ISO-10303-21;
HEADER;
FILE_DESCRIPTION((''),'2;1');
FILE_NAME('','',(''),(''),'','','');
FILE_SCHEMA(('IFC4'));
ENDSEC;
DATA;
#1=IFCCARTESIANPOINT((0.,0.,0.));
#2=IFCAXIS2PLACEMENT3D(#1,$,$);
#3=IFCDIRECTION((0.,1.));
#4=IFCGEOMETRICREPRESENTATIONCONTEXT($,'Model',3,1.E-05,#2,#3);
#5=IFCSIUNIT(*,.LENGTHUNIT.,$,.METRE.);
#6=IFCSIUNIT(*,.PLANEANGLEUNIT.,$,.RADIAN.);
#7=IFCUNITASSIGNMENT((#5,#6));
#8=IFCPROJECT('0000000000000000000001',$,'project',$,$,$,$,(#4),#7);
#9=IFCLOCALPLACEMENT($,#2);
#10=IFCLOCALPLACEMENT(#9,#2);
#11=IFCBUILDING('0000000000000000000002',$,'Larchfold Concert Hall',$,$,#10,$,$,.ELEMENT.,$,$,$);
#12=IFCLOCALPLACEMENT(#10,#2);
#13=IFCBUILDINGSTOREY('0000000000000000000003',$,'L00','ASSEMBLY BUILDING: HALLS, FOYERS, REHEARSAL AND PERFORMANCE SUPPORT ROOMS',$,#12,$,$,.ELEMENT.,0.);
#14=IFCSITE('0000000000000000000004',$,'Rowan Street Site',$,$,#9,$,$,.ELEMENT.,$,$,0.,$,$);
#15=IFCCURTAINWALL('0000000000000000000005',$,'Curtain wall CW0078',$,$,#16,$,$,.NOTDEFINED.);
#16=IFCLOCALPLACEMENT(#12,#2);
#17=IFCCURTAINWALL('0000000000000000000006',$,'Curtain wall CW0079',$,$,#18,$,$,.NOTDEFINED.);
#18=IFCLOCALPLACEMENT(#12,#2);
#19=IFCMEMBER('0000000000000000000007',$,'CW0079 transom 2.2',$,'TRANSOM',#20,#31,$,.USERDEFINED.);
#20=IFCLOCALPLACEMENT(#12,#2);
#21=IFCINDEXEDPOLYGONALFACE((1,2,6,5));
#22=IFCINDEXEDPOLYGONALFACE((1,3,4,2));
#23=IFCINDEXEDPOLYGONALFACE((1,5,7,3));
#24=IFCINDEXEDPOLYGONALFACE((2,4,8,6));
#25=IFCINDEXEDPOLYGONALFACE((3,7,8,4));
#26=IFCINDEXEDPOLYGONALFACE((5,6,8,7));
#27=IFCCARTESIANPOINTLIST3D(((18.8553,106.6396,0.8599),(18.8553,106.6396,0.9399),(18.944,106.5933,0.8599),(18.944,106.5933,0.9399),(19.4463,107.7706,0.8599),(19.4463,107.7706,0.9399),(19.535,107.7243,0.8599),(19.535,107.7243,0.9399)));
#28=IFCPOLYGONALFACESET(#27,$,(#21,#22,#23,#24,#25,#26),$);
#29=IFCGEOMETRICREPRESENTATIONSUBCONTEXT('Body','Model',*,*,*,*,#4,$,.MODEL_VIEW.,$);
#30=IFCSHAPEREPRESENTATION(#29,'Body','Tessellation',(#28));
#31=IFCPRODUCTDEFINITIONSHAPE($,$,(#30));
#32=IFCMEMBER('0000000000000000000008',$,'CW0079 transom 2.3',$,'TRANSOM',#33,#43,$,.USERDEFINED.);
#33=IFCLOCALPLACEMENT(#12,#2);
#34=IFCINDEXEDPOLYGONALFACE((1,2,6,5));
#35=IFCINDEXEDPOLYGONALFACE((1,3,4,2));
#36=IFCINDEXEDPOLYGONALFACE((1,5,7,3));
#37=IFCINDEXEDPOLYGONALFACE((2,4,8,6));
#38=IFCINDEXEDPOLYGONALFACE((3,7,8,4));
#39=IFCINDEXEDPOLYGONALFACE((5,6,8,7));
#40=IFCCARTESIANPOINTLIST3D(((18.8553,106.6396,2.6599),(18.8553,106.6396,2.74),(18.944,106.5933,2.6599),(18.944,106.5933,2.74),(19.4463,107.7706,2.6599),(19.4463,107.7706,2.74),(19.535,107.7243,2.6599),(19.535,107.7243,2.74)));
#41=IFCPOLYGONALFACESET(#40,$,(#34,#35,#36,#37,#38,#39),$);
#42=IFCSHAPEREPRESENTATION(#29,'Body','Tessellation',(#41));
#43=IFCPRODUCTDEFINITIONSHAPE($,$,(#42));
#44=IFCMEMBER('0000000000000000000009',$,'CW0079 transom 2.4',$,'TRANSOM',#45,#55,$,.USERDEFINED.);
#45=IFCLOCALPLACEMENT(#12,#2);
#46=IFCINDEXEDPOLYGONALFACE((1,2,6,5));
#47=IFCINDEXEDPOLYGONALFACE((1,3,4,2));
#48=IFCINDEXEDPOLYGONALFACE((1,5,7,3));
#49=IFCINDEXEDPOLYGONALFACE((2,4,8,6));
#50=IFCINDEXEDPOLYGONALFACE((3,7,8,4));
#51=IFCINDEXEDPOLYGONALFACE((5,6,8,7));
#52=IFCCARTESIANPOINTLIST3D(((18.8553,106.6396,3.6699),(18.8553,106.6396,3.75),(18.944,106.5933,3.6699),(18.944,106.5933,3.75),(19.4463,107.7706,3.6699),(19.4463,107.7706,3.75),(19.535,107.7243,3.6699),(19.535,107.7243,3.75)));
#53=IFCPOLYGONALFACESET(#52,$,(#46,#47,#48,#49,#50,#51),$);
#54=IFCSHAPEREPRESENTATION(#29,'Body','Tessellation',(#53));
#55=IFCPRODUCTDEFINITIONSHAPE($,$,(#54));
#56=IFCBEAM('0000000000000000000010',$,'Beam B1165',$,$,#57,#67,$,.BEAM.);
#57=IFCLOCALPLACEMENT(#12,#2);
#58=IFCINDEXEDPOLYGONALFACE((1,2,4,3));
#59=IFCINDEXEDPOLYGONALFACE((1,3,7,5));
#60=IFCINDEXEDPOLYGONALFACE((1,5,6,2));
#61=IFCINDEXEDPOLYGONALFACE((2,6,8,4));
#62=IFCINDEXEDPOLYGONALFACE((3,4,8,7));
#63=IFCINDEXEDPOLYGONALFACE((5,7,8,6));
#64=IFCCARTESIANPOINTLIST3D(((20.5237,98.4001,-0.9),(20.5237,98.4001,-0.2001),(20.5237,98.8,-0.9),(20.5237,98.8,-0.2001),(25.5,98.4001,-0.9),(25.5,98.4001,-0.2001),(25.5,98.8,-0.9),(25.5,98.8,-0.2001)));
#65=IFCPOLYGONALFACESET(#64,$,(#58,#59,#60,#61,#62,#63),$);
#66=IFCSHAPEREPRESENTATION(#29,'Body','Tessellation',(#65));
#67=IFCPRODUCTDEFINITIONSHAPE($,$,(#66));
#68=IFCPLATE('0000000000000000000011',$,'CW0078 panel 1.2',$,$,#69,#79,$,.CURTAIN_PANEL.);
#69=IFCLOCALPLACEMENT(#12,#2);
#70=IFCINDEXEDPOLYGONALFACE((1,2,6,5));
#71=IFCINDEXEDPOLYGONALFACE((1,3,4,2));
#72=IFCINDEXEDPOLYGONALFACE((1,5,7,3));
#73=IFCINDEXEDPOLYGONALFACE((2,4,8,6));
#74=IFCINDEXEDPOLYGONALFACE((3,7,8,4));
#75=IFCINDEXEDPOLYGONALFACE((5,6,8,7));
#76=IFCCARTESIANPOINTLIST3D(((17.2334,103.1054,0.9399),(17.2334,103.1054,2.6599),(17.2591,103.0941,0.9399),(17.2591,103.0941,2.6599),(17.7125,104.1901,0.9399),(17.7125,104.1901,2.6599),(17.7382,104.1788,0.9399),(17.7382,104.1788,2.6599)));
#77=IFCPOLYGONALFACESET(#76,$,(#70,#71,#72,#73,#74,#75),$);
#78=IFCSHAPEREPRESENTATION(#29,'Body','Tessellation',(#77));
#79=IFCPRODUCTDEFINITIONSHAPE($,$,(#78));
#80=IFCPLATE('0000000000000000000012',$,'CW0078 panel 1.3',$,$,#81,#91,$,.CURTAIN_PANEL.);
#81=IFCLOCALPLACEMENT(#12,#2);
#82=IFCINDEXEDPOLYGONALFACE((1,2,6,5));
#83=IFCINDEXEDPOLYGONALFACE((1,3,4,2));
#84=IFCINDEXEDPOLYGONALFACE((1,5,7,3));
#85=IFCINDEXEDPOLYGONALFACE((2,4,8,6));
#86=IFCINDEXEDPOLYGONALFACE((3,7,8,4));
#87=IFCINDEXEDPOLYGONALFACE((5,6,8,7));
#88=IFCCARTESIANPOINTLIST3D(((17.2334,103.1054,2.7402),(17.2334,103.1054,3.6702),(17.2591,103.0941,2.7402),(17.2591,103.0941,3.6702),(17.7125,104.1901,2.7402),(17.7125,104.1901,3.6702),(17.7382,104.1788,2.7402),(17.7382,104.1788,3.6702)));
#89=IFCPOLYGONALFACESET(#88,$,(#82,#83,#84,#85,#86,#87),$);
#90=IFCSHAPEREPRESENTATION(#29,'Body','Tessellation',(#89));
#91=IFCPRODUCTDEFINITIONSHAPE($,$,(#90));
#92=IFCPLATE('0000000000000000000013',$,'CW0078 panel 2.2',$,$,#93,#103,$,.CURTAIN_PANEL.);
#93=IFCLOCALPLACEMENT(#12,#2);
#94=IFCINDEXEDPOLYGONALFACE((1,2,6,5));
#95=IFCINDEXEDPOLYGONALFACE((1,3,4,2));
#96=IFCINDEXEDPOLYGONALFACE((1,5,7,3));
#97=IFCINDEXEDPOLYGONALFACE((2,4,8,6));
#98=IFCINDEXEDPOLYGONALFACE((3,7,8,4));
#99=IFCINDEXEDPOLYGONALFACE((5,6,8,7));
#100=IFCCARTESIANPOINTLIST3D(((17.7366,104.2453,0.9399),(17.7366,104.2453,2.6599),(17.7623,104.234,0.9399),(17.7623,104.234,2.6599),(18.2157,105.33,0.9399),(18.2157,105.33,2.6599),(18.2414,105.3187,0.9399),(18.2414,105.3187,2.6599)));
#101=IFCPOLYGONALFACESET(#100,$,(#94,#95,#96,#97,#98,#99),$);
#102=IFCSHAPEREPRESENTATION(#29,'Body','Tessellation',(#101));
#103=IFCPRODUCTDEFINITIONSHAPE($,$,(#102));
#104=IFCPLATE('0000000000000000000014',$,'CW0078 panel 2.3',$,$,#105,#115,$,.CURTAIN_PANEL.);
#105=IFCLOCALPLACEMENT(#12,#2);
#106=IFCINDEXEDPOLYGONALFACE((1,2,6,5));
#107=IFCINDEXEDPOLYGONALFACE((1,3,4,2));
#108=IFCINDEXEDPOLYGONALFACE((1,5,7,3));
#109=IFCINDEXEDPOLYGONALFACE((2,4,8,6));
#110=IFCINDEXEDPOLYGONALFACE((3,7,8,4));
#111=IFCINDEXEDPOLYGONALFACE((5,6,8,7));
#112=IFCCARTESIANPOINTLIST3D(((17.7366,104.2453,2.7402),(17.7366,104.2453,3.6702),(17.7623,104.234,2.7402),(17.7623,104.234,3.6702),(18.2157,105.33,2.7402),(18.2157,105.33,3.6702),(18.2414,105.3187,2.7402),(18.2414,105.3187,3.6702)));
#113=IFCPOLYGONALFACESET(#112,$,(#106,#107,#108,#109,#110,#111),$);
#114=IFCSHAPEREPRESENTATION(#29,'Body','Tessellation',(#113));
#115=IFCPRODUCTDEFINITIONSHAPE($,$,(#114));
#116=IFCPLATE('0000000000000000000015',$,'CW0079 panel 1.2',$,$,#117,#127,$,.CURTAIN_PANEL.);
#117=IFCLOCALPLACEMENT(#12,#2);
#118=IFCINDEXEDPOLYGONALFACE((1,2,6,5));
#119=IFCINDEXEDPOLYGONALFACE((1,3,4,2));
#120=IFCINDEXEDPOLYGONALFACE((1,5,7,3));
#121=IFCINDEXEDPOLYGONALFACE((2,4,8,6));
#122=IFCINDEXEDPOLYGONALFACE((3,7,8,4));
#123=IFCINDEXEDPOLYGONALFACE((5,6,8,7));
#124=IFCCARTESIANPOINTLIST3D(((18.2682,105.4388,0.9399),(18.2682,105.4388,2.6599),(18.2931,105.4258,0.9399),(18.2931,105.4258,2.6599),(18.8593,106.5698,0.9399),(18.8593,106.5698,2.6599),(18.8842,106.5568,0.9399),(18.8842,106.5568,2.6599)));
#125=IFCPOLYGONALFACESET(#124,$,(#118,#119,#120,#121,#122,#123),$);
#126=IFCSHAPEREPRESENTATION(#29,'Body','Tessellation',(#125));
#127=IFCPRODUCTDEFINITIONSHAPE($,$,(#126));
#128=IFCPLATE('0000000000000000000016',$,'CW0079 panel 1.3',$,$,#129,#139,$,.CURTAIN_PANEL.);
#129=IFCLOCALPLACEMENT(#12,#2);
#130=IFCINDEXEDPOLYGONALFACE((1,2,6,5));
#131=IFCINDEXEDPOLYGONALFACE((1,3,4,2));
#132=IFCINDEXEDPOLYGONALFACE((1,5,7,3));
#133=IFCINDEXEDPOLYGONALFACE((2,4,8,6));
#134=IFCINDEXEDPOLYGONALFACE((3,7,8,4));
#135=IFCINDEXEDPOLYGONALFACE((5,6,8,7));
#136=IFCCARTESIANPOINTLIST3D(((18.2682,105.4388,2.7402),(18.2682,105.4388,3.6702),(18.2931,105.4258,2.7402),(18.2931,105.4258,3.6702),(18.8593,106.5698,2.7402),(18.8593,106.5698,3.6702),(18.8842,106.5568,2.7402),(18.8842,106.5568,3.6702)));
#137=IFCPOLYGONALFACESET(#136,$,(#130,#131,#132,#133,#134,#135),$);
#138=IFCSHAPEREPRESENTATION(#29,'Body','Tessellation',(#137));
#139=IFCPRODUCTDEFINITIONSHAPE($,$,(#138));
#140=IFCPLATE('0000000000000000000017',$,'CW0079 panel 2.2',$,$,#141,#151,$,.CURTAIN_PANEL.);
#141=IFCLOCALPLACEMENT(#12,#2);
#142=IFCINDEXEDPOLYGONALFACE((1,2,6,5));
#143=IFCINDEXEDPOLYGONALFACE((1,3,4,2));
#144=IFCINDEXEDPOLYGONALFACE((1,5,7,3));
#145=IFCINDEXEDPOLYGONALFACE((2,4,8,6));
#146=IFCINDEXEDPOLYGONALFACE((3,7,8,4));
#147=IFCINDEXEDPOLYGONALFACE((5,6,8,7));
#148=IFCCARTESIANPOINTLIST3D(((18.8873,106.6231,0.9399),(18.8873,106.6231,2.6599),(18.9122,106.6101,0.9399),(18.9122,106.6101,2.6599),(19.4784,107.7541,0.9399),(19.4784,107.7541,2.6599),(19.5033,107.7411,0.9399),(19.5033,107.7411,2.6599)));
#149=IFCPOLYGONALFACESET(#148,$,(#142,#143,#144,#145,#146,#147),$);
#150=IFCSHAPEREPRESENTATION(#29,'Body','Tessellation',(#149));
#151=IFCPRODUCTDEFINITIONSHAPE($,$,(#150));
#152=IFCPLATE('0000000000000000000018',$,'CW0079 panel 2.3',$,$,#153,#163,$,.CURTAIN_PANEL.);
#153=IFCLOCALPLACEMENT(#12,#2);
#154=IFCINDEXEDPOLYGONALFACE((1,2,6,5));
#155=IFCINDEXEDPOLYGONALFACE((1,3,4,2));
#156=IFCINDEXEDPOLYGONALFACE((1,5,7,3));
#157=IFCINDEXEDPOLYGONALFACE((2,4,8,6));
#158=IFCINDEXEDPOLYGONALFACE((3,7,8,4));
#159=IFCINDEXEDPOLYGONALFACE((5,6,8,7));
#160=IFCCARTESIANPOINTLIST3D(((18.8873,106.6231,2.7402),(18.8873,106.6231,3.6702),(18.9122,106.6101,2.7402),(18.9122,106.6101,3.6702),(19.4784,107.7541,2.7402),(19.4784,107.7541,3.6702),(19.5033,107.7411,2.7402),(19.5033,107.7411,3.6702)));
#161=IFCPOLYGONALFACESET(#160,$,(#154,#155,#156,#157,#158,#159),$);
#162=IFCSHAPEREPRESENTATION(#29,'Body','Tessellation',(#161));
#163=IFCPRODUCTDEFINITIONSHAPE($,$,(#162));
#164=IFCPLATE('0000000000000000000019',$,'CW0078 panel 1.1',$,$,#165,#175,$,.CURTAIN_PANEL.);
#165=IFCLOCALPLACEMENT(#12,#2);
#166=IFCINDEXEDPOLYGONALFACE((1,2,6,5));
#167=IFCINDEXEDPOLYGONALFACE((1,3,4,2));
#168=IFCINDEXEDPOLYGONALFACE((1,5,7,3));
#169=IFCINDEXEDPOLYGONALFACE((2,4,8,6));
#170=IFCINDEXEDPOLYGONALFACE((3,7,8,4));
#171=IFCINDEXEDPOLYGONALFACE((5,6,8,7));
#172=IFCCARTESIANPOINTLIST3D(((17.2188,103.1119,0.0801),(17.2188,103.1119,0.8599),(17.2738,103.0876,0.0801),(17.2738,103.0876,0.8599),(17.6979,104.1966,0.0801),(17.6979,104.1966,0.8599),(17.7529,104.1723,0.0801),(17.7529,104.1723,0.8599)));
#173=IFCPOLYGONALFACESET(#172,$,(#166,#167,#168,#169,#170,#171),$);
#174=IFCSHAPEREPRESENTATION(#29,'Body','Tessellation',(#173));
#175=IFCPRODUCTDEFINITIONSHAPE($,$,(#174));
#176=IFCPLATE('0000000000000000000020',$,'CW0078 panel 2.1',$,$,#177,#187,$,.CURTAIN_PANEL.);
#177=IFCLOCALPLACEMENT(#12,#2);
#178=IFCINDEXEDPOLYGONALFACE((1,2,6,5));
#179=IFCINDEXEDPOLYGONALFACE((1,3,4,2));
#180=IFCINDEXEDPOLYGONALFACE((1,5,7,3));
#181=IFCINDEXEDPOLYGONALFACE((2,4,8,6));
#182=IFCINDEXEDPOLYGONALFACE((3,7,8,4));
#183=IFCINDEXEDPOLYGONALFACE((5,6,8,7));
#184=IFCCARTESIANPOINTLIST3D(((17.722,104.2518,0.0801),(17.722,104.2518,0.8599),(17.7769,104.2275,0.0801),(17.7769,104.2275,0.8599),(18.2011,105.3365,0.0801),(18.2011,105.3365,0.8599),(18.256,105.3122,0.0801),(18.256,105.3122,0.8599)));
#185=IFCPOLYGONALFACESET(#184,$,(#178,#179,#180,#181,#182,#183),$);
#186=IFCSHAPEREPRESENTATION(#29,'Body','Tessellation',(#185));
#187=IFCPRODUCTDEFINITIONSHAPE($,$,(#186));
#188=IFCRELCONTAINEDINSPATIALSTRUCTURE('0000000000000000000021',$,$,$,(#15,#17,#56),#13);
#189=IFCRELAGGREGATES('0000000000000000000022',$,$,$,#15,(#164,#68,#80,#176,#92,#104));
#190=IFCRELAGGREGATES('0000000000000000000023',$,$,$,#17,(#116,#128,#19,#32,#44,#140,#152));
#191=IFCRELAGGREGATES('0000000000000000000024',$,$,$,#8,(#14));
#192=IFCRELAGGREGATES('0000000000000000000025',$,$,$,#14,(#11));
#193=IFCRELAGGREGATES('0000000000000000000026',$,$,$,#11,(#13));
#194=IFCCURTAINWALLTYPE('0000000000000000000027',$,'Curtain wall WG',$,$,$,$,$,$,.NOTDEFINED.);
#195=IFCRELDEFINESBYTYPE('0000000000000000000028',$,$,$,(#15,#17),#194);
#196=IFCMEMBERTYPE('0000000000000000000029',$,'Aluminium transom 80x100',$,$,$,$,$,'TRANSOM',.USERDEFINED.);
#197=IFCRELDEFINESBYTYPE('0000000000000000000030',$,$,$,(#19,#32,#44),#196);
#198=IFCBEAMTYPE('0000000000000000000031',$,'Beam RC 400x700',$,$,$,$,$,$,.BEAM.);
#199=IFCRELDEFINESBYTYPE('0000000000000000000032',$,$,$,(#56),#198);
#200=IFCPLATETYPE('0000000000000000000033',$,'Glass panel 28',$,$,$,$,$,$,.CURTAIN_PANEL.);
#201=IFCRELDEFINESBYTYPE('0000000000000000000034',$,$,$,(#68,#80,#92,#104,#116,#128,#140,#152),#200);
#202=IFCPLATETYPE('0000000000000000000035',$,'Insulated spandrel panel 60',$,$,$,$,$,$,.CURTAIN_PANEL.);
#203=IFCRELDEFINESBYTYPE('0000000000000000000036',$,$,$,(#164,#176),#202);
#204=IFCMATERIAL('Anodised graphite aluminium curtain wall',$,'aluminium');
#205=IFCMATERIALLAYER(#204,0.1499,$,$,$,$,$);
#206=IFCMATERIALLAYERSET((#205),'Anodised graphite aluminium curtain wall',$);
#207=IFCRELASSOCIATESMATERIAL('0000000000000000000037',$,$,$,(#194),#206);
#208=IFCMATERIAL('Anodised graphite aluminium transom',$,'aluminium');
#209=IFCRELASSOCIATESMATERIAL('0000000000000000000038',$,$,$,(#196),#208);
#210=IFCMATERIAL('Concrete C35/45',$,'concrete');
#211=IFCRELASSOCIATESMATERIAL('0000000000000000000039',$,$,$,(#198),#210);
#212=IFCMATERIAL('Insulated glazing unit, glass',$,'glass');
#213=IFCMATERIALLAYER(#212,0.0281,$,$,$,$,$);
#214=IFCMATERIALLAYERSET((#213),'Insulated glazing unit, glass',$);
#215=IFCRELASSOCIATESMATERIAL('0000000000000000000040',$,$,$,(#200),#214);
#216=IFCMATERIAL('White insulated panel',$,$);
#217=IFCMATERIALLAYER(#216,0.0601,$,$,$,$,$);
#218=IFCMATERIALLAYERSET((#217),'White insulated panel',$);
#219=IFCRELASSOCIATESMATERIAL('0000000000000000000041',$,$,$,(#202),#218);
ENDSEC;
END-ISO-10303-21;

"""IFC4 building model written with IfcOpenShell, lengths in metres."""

from ifc_helpers import new_model, si_unit, direction, frame, origin, origin_2d, place, context, subcontext, project, spatial, rectangle, extrude, material, layer, layer_set, material_profile, profile_set, type_object, element, aggregate, save


model = new_model("IFC4")

# Units and contexts
model_context = context("Model", 3, precision=1e-05, world=origin(), true_north=direction((0.0, 1.0)))
body_context = subcontext(model_context, "Body", "Model", "MODEL_VIEW")
ifc_project = project(units=[si_unit("LENGTHUNIT", "METRE"), si_unit("PLANEANGLEUNIT", "RADIAN")], contexts=[model_context])

# Site, building, storey
site_placement = place(None, origin())
site = spatial("IfcSite", under=ifc_project, at=site_placement, Name="Rowan Street Site", CompositionType="ELEMENT", RefElevation=0.0)
building_placement = place(site_placement, origin())
building = spatial("IfcBuilding", under=site, at=building_placement, Name="Larchfold Concert Hall", CompositionType="ELEMENT")
storey_placement = place(building_placement, origin())
storey = spatial("IfcBuildingStorey", under=building, at=storey_placement, Name="L00", Description="ASSEMBLY BUILDING: HALLS, FOYERS, REHEARSAL AND PERFORMANCE SUPPORT ROOMS", CompositionType="ELEMENT", Elevation=0.0)

# Curtain walls
ifc_material_1 = material(Name="Anodised graphite aluminium curtain wall", Category="aluminium")
ifc_layer_1 = layer(ifc_material_1, 0.1499)
ifc_layer_set_1 = layer_set([ifc_layer_1], Name="Anodised graphite aluminium curtain wall")
curtain_wall_type = type_object("IfcCurtainWallType", Name="Curtain wall WG", PredefinedType="NOTDEFINED", material=ifc_layer_set_1)
curtain_wall_1_placement = place(storey_placement, origin())
curtain_wall_1 = element("IfcCurtainWall", 1, at=curtain_wall_1_placement, inside=storey, type_object=curtain_wall_type, Name="Curtain wall CW0078", PredefinedType="NOTDEFINED")
curtain_wall_2_placement = place(storey_placement, origin())
curtain_wall_2 = element("IfcCurtainWall", 2, at=curtain_wall_2_placement, inside=storey, type_object=curtain_wall_type, Name="Curtain wall CW0079", PredefinedType="NOTDEFINED")

# Members
ifc_material_2 = material(Name="Anodised graphite aluminium transom", Category="aluminium")
ifc_material_profile_1 = material_profile(ifc_material_2, rectangle(XDim=0.1001, YDim=0.0801, at=origin_2d()))
ifc_profile_set_1 = profile_set([ifc_material_profile_1], Name="Anodised graphite aluminium transom")
member_type_1 = type_object("IfcMemberType", Name="Aluminium transom 80x100", ElementType="TRANSOM", PredefinedType="USERDEFINED", material=ifc_profile_set_1)
member_1_placement = place(storey_placement, frame((18.8997, 106.6165, 0.8999), z_axis=(0.463135, 0.886288, 0.0), x_axis=(-0.886288, 0.463135, 0.0)))
member_1 = element("IfcMember", 3, at=member_1_placement, type_object=member_type_1, Name="CW0079 transom 2.2", ObjectType="TRANSOM", PredefinedType="USERDEFINED", context=body_context, shape_type="SweptSolid", body=[
    extrude(rectangle(XDim=0.1001, YDim=0.0801, at=origin_2d()), origin(), (0.0, 0.0, 1.0), 1.2761),
])
member_2_placement = place(storey_placement, frame((18.8997, 106.6165, 2.7), z_axis=(0.463135, 0.886288, 0.0), x_axis=(-0.886288, 0.463135, 0.0)))
member_2 = element("IfcMember", 4, at=member_2_placement, type_object=member_type_1, Name="CW0079 transom 2.3", ObjectType="TRANSOM", PredefinedType="USERDEFINED", context=body_context, shape_type="SweptSolid", body=[
    extrude(rectangle(XDim=0.1001, YDim=0.0801, at=origin_2d()), origin(), (0.0, 0.0, 1.0), 1.2761),
])
member_3_placement = place(storey_placement, frame((18.8997, 106.6165, 3.71), z_axis=(0.463135, 0.886288, 0.0), x_axis=(-0.886288, 0.463135, 0.0)))
member_3 = element("IfcMember", 5, at=member_3_placement, type_object=member_type_1, Name="CW0079 transom 2.4", ObjectType="TRANSOM", PredefinedType="USERDEFINED", context=body_context, shape_type="SweptSolid", body=[
    extrude(rectangle(XDim=0.1001, YDim=0.0801, at=origin_2d()), origin(), (0.0, 0.0, 1.0), 1.2761),
])

# Beam
ifc_material_3 = material(Name="Concrete C35/45", Category="concrete")
ifc_material_profile_2 = material_profile(ifc_material_3, rectangle(XDim=0.3999, YDim=0.7, at=origin_2d()))
ifc_profile_set_2 = profile_set([ifc_material_profile_2], Name="Concrete C35/45")
beam_type = type_object("IfcBeamType", Name="Beam RC 400x700", PredefinedType="BEAM", material=ifc_profile_set_2)
beam_placement = place(storey_placement, frame((20.5237, 98.6001, -0.55), z_axis=(1.0, 0.0, 0.0), x_axis=(0.0, 1.0, 0.0)))
element("IfcBeam", 6, at=beam_placement, inside=storey, type_object=beam_type, Name="Beam B1165", PredefinedType="BEAM", context=body_context, shape_type="SweptSolid", body=[
    extrude(rectangle(XDim=0.3999, YDim=0.7, at=origin_2d()), origin(), (0.0, 0.0, 1.0), 4.9763),
])

# Plates
ifc_material_4 = material(Name="Insulated glazing unit, glass", Category="glass")
ifc_layer_2 = layer(ifc_material_4, 0.0281)
ifc_layer_set_2 = layer_set([ifc_layer_2], Name="Insulated glazing unit, glass")
plate_type_1 = type_object("IfcPlateType", Name="Glass panel 28", PredefinedType="CURTAIN_PANEL", material=ifc_layer_set_2)
plate_1_placement = place(storey_placement, frame((17.4858, 103.6421, 0.9399), z_axis=(0.0, 0.0, 1.0), x_axis=(0.404034, 0.914744, 0.0)))
plate_1 = element("IfcPlate", 7, at=plate_1_placement, type_object=plate_type_1, Name="CW0078 panel 1.2", PredefinedType="CURTAIN_PANEL", context=body_context, shape_type="SweptSolid", body=[
    extrude(rectangle(XDim=1.1858, YDim=0.0281, at=origin_2d()), origin(), (0.0, 0.0, 1.0), 1.72),
])
plate_2_placement = place(storey_placement, frame((17.4858, 103.6421, 2.7402), z_axis=(0.0, 0.0, 1.0), x_axis=(0.404034, 0.914744, 0.0)))
plate_2 = element("IfcPlate", 8, at=plate_2_placement, type_object=plate_type_1, Name="CW0078 panel 1.3", PredefinedType="CURTAIN_PANEL", context=body_context, shape_type="SweptSolid", body=[
    extrude(rectangle(XDim=1.1858, YDim=0.0281, at=origin_2d()), origin(), (0.0, 0.0, 1.0), 0.9299),
])
plate_3_placement = place(storey_placement, frame((17.989, 104.782, 0.9399), z_axis=(0.0, 0.0, 1.0), x_axis=(0.404034, 0.914744, 0.0)))
plate_3 = element("IfcPlate", 9, at=plate_3_placement, type_object=plate_type_1, Name="CW0078 panel 2.2", PredefinedType="CURTAIN_PANEL", context=body_context, shape_type="SweptSolid", body=[
    extrude(rectangle(XDim=1.1858, YDim=0.0281, at=origin_2d()), origin(), (0.0, 0.0, 1.0), 1.72),
])
plate_4_placement = place(storey_placement, frame((17.989, 104.782, 2.7402), z_axis=(0.0, 0.0, 1.0), x_axis=(0.404034, 0.914744, 0.0)))
plate_4 = element("IfcPlate", 10, at=plate_4_placement, type_object=plate_type_1, Name="CW0078 panel 2.3", PredefinedType="CURTAIN_PANEL", context=body_context, shape_type="SweptSolid", body=[
    extrude(rectangle(XDim=1.1858, YDim=0.0281, at=origin_2d()), origin(), (0.0, 0.0, 1.0), 0.9299),
])
plate_5_placement = place(storey_placement, frame((18.5762, 105.9978, 0.9399), z_axis=(0.0, 0.0, 1.0), x_axis=(0.463189, 0.88626, 0.0)))
plate_5 = element("IfcPlate", 11, at=plate_5_placement, type_object=plate_type_1, Name="CW0079 panel 1.2", PredefinedType="CURTAIN_PANEL", context=body_context, shape_type="SweptSolid", body=[
    extrude(rectangle(XDim=1.2761, YDim=0.0281, at=origin_2d()), origin(), (0.0, 0.0, 1.0), 1.72),
])
plate_6_placement = place(storey_placement, frame((18.5762, 105.9978, 2.7402), z_axis=(0.0, 0.0, 1.0), x_axis=(0.463189, 0.88626, 0.0)))
plate_6 = element("IfcPlate", 12, at=plate_6_placement, type_object=plate_type_1, Name="CW0079 panel 1.3", PredefinedType="CURTAIN_PANEL", context=body_context, shape_type="SweptSolid", body=[
    extrude(rectangle(XDim=1.2761, YDim=0.0281, at=origin_2d()), origin(), (0.0, 0.0, 1.0), 0.9299),
])
plate_7_placement = place(storey_placement, frame((19.1953, 107.1821, 0.9399), z_axis=(0.0, 0.0, 1.0), x_axis=(0.463189, 0.88626, 0.0)))
plate_7 = element("IfcPlate", 13, at=plate_7_placement, type_object=plate_type_1, Name="CW0079 panel 2.2", PredefinedType="CURTAIN_PANEL", context=body_context, shape_type="SweptSolid", body=[
    extrude(rectangle(XDim=1.2761, YDim=0.0281, at=origin_2d()), origin(), (0.0, 0.0, 1.0), 1.72),
])
plate_8_placement = place(storey_placement, frame((19.1953, 107.1821, 2.7402), z_axis=(0.0, 0.0, 1.0), x_axis=(0.463189, 0.88626, 0.0)))
plate_8 = element("IfcPlate", 14, at=plate_8_placement, type_object=plate_type_1, Name="CW0079 panel 2.3", PredefinedType="CURTAIN_PANEL", context=body_context, shape_type="SweptSolid", body=[
    extrude(rectangle(XDim=1.2761, YDim=0.0281, at=origin_2d()), origin(), (0.0, 0.0, 1.0), 0.9299),
])
ifc_material_5 = material(Name="White insulated panel")
ifc_layer_3 = layer(ifc_material_5, 0.0601)
ifc_layer_set_3 = layer_set([ifc_layer_3], Name="White insulated panel")
plate_type_2 = type_object("IfcPlateType", Name="Insulated spandrel panel 60", PredefinedType="CURTAIN_PANEL", material=ifc_layer_set_3)
plate_9_placement = place(storey_placement, frame((17.4858, 103.6421, 0.0801), z_axis=(0.0, 0.0, 1.0), x_axis=(0.404034, 0.914744, 0.0)))
plate_9 = element("IfcPlate", 15, at=plate_9_placement, type_object=plate_type_2, Name="CW0078 panel 1.1", PredefinedType="CURTAIN_PANEL", context=body_context, shape_type="SweptSolid", body=[
    extrude(rectangle(XDim=1.1858, YDim=0.0601, at=origin_2d()), origin(), (0.0, 0.0, 1.0), 0.7798),
])
plate_10_placement = place(storey_placement, frame((17.989, 104.782, 0.0801), z_axis=(0.0, 0.0, 1.0), x_axis=(0.404034, 0.914744, 0.0)))
plate_10 = element("IfcPlate", 16, at=plate_10_placement, type_object=plate_type_2, Name="CW0078 panel 2.1", PredefinedType="CURTAIN_PANEL", context=body_context, shape_type="SweptSolid", body=[
    extrude(rectangle(XDim=1.1858, YDim=0.0601, at=origin_2d()), origin(), (0.0, 0.0, 1.0), 0.7798),
])
aggregate(curtain_wall_1, [plate_9, plate_1, plate_2, plate_10, plate_3, plate_4])
aggregate(curtain_wall_2, [plate_5, plate_6, member_1, member_2, member_3, plate_7, plate_8])

save(model, "model.ifc")
